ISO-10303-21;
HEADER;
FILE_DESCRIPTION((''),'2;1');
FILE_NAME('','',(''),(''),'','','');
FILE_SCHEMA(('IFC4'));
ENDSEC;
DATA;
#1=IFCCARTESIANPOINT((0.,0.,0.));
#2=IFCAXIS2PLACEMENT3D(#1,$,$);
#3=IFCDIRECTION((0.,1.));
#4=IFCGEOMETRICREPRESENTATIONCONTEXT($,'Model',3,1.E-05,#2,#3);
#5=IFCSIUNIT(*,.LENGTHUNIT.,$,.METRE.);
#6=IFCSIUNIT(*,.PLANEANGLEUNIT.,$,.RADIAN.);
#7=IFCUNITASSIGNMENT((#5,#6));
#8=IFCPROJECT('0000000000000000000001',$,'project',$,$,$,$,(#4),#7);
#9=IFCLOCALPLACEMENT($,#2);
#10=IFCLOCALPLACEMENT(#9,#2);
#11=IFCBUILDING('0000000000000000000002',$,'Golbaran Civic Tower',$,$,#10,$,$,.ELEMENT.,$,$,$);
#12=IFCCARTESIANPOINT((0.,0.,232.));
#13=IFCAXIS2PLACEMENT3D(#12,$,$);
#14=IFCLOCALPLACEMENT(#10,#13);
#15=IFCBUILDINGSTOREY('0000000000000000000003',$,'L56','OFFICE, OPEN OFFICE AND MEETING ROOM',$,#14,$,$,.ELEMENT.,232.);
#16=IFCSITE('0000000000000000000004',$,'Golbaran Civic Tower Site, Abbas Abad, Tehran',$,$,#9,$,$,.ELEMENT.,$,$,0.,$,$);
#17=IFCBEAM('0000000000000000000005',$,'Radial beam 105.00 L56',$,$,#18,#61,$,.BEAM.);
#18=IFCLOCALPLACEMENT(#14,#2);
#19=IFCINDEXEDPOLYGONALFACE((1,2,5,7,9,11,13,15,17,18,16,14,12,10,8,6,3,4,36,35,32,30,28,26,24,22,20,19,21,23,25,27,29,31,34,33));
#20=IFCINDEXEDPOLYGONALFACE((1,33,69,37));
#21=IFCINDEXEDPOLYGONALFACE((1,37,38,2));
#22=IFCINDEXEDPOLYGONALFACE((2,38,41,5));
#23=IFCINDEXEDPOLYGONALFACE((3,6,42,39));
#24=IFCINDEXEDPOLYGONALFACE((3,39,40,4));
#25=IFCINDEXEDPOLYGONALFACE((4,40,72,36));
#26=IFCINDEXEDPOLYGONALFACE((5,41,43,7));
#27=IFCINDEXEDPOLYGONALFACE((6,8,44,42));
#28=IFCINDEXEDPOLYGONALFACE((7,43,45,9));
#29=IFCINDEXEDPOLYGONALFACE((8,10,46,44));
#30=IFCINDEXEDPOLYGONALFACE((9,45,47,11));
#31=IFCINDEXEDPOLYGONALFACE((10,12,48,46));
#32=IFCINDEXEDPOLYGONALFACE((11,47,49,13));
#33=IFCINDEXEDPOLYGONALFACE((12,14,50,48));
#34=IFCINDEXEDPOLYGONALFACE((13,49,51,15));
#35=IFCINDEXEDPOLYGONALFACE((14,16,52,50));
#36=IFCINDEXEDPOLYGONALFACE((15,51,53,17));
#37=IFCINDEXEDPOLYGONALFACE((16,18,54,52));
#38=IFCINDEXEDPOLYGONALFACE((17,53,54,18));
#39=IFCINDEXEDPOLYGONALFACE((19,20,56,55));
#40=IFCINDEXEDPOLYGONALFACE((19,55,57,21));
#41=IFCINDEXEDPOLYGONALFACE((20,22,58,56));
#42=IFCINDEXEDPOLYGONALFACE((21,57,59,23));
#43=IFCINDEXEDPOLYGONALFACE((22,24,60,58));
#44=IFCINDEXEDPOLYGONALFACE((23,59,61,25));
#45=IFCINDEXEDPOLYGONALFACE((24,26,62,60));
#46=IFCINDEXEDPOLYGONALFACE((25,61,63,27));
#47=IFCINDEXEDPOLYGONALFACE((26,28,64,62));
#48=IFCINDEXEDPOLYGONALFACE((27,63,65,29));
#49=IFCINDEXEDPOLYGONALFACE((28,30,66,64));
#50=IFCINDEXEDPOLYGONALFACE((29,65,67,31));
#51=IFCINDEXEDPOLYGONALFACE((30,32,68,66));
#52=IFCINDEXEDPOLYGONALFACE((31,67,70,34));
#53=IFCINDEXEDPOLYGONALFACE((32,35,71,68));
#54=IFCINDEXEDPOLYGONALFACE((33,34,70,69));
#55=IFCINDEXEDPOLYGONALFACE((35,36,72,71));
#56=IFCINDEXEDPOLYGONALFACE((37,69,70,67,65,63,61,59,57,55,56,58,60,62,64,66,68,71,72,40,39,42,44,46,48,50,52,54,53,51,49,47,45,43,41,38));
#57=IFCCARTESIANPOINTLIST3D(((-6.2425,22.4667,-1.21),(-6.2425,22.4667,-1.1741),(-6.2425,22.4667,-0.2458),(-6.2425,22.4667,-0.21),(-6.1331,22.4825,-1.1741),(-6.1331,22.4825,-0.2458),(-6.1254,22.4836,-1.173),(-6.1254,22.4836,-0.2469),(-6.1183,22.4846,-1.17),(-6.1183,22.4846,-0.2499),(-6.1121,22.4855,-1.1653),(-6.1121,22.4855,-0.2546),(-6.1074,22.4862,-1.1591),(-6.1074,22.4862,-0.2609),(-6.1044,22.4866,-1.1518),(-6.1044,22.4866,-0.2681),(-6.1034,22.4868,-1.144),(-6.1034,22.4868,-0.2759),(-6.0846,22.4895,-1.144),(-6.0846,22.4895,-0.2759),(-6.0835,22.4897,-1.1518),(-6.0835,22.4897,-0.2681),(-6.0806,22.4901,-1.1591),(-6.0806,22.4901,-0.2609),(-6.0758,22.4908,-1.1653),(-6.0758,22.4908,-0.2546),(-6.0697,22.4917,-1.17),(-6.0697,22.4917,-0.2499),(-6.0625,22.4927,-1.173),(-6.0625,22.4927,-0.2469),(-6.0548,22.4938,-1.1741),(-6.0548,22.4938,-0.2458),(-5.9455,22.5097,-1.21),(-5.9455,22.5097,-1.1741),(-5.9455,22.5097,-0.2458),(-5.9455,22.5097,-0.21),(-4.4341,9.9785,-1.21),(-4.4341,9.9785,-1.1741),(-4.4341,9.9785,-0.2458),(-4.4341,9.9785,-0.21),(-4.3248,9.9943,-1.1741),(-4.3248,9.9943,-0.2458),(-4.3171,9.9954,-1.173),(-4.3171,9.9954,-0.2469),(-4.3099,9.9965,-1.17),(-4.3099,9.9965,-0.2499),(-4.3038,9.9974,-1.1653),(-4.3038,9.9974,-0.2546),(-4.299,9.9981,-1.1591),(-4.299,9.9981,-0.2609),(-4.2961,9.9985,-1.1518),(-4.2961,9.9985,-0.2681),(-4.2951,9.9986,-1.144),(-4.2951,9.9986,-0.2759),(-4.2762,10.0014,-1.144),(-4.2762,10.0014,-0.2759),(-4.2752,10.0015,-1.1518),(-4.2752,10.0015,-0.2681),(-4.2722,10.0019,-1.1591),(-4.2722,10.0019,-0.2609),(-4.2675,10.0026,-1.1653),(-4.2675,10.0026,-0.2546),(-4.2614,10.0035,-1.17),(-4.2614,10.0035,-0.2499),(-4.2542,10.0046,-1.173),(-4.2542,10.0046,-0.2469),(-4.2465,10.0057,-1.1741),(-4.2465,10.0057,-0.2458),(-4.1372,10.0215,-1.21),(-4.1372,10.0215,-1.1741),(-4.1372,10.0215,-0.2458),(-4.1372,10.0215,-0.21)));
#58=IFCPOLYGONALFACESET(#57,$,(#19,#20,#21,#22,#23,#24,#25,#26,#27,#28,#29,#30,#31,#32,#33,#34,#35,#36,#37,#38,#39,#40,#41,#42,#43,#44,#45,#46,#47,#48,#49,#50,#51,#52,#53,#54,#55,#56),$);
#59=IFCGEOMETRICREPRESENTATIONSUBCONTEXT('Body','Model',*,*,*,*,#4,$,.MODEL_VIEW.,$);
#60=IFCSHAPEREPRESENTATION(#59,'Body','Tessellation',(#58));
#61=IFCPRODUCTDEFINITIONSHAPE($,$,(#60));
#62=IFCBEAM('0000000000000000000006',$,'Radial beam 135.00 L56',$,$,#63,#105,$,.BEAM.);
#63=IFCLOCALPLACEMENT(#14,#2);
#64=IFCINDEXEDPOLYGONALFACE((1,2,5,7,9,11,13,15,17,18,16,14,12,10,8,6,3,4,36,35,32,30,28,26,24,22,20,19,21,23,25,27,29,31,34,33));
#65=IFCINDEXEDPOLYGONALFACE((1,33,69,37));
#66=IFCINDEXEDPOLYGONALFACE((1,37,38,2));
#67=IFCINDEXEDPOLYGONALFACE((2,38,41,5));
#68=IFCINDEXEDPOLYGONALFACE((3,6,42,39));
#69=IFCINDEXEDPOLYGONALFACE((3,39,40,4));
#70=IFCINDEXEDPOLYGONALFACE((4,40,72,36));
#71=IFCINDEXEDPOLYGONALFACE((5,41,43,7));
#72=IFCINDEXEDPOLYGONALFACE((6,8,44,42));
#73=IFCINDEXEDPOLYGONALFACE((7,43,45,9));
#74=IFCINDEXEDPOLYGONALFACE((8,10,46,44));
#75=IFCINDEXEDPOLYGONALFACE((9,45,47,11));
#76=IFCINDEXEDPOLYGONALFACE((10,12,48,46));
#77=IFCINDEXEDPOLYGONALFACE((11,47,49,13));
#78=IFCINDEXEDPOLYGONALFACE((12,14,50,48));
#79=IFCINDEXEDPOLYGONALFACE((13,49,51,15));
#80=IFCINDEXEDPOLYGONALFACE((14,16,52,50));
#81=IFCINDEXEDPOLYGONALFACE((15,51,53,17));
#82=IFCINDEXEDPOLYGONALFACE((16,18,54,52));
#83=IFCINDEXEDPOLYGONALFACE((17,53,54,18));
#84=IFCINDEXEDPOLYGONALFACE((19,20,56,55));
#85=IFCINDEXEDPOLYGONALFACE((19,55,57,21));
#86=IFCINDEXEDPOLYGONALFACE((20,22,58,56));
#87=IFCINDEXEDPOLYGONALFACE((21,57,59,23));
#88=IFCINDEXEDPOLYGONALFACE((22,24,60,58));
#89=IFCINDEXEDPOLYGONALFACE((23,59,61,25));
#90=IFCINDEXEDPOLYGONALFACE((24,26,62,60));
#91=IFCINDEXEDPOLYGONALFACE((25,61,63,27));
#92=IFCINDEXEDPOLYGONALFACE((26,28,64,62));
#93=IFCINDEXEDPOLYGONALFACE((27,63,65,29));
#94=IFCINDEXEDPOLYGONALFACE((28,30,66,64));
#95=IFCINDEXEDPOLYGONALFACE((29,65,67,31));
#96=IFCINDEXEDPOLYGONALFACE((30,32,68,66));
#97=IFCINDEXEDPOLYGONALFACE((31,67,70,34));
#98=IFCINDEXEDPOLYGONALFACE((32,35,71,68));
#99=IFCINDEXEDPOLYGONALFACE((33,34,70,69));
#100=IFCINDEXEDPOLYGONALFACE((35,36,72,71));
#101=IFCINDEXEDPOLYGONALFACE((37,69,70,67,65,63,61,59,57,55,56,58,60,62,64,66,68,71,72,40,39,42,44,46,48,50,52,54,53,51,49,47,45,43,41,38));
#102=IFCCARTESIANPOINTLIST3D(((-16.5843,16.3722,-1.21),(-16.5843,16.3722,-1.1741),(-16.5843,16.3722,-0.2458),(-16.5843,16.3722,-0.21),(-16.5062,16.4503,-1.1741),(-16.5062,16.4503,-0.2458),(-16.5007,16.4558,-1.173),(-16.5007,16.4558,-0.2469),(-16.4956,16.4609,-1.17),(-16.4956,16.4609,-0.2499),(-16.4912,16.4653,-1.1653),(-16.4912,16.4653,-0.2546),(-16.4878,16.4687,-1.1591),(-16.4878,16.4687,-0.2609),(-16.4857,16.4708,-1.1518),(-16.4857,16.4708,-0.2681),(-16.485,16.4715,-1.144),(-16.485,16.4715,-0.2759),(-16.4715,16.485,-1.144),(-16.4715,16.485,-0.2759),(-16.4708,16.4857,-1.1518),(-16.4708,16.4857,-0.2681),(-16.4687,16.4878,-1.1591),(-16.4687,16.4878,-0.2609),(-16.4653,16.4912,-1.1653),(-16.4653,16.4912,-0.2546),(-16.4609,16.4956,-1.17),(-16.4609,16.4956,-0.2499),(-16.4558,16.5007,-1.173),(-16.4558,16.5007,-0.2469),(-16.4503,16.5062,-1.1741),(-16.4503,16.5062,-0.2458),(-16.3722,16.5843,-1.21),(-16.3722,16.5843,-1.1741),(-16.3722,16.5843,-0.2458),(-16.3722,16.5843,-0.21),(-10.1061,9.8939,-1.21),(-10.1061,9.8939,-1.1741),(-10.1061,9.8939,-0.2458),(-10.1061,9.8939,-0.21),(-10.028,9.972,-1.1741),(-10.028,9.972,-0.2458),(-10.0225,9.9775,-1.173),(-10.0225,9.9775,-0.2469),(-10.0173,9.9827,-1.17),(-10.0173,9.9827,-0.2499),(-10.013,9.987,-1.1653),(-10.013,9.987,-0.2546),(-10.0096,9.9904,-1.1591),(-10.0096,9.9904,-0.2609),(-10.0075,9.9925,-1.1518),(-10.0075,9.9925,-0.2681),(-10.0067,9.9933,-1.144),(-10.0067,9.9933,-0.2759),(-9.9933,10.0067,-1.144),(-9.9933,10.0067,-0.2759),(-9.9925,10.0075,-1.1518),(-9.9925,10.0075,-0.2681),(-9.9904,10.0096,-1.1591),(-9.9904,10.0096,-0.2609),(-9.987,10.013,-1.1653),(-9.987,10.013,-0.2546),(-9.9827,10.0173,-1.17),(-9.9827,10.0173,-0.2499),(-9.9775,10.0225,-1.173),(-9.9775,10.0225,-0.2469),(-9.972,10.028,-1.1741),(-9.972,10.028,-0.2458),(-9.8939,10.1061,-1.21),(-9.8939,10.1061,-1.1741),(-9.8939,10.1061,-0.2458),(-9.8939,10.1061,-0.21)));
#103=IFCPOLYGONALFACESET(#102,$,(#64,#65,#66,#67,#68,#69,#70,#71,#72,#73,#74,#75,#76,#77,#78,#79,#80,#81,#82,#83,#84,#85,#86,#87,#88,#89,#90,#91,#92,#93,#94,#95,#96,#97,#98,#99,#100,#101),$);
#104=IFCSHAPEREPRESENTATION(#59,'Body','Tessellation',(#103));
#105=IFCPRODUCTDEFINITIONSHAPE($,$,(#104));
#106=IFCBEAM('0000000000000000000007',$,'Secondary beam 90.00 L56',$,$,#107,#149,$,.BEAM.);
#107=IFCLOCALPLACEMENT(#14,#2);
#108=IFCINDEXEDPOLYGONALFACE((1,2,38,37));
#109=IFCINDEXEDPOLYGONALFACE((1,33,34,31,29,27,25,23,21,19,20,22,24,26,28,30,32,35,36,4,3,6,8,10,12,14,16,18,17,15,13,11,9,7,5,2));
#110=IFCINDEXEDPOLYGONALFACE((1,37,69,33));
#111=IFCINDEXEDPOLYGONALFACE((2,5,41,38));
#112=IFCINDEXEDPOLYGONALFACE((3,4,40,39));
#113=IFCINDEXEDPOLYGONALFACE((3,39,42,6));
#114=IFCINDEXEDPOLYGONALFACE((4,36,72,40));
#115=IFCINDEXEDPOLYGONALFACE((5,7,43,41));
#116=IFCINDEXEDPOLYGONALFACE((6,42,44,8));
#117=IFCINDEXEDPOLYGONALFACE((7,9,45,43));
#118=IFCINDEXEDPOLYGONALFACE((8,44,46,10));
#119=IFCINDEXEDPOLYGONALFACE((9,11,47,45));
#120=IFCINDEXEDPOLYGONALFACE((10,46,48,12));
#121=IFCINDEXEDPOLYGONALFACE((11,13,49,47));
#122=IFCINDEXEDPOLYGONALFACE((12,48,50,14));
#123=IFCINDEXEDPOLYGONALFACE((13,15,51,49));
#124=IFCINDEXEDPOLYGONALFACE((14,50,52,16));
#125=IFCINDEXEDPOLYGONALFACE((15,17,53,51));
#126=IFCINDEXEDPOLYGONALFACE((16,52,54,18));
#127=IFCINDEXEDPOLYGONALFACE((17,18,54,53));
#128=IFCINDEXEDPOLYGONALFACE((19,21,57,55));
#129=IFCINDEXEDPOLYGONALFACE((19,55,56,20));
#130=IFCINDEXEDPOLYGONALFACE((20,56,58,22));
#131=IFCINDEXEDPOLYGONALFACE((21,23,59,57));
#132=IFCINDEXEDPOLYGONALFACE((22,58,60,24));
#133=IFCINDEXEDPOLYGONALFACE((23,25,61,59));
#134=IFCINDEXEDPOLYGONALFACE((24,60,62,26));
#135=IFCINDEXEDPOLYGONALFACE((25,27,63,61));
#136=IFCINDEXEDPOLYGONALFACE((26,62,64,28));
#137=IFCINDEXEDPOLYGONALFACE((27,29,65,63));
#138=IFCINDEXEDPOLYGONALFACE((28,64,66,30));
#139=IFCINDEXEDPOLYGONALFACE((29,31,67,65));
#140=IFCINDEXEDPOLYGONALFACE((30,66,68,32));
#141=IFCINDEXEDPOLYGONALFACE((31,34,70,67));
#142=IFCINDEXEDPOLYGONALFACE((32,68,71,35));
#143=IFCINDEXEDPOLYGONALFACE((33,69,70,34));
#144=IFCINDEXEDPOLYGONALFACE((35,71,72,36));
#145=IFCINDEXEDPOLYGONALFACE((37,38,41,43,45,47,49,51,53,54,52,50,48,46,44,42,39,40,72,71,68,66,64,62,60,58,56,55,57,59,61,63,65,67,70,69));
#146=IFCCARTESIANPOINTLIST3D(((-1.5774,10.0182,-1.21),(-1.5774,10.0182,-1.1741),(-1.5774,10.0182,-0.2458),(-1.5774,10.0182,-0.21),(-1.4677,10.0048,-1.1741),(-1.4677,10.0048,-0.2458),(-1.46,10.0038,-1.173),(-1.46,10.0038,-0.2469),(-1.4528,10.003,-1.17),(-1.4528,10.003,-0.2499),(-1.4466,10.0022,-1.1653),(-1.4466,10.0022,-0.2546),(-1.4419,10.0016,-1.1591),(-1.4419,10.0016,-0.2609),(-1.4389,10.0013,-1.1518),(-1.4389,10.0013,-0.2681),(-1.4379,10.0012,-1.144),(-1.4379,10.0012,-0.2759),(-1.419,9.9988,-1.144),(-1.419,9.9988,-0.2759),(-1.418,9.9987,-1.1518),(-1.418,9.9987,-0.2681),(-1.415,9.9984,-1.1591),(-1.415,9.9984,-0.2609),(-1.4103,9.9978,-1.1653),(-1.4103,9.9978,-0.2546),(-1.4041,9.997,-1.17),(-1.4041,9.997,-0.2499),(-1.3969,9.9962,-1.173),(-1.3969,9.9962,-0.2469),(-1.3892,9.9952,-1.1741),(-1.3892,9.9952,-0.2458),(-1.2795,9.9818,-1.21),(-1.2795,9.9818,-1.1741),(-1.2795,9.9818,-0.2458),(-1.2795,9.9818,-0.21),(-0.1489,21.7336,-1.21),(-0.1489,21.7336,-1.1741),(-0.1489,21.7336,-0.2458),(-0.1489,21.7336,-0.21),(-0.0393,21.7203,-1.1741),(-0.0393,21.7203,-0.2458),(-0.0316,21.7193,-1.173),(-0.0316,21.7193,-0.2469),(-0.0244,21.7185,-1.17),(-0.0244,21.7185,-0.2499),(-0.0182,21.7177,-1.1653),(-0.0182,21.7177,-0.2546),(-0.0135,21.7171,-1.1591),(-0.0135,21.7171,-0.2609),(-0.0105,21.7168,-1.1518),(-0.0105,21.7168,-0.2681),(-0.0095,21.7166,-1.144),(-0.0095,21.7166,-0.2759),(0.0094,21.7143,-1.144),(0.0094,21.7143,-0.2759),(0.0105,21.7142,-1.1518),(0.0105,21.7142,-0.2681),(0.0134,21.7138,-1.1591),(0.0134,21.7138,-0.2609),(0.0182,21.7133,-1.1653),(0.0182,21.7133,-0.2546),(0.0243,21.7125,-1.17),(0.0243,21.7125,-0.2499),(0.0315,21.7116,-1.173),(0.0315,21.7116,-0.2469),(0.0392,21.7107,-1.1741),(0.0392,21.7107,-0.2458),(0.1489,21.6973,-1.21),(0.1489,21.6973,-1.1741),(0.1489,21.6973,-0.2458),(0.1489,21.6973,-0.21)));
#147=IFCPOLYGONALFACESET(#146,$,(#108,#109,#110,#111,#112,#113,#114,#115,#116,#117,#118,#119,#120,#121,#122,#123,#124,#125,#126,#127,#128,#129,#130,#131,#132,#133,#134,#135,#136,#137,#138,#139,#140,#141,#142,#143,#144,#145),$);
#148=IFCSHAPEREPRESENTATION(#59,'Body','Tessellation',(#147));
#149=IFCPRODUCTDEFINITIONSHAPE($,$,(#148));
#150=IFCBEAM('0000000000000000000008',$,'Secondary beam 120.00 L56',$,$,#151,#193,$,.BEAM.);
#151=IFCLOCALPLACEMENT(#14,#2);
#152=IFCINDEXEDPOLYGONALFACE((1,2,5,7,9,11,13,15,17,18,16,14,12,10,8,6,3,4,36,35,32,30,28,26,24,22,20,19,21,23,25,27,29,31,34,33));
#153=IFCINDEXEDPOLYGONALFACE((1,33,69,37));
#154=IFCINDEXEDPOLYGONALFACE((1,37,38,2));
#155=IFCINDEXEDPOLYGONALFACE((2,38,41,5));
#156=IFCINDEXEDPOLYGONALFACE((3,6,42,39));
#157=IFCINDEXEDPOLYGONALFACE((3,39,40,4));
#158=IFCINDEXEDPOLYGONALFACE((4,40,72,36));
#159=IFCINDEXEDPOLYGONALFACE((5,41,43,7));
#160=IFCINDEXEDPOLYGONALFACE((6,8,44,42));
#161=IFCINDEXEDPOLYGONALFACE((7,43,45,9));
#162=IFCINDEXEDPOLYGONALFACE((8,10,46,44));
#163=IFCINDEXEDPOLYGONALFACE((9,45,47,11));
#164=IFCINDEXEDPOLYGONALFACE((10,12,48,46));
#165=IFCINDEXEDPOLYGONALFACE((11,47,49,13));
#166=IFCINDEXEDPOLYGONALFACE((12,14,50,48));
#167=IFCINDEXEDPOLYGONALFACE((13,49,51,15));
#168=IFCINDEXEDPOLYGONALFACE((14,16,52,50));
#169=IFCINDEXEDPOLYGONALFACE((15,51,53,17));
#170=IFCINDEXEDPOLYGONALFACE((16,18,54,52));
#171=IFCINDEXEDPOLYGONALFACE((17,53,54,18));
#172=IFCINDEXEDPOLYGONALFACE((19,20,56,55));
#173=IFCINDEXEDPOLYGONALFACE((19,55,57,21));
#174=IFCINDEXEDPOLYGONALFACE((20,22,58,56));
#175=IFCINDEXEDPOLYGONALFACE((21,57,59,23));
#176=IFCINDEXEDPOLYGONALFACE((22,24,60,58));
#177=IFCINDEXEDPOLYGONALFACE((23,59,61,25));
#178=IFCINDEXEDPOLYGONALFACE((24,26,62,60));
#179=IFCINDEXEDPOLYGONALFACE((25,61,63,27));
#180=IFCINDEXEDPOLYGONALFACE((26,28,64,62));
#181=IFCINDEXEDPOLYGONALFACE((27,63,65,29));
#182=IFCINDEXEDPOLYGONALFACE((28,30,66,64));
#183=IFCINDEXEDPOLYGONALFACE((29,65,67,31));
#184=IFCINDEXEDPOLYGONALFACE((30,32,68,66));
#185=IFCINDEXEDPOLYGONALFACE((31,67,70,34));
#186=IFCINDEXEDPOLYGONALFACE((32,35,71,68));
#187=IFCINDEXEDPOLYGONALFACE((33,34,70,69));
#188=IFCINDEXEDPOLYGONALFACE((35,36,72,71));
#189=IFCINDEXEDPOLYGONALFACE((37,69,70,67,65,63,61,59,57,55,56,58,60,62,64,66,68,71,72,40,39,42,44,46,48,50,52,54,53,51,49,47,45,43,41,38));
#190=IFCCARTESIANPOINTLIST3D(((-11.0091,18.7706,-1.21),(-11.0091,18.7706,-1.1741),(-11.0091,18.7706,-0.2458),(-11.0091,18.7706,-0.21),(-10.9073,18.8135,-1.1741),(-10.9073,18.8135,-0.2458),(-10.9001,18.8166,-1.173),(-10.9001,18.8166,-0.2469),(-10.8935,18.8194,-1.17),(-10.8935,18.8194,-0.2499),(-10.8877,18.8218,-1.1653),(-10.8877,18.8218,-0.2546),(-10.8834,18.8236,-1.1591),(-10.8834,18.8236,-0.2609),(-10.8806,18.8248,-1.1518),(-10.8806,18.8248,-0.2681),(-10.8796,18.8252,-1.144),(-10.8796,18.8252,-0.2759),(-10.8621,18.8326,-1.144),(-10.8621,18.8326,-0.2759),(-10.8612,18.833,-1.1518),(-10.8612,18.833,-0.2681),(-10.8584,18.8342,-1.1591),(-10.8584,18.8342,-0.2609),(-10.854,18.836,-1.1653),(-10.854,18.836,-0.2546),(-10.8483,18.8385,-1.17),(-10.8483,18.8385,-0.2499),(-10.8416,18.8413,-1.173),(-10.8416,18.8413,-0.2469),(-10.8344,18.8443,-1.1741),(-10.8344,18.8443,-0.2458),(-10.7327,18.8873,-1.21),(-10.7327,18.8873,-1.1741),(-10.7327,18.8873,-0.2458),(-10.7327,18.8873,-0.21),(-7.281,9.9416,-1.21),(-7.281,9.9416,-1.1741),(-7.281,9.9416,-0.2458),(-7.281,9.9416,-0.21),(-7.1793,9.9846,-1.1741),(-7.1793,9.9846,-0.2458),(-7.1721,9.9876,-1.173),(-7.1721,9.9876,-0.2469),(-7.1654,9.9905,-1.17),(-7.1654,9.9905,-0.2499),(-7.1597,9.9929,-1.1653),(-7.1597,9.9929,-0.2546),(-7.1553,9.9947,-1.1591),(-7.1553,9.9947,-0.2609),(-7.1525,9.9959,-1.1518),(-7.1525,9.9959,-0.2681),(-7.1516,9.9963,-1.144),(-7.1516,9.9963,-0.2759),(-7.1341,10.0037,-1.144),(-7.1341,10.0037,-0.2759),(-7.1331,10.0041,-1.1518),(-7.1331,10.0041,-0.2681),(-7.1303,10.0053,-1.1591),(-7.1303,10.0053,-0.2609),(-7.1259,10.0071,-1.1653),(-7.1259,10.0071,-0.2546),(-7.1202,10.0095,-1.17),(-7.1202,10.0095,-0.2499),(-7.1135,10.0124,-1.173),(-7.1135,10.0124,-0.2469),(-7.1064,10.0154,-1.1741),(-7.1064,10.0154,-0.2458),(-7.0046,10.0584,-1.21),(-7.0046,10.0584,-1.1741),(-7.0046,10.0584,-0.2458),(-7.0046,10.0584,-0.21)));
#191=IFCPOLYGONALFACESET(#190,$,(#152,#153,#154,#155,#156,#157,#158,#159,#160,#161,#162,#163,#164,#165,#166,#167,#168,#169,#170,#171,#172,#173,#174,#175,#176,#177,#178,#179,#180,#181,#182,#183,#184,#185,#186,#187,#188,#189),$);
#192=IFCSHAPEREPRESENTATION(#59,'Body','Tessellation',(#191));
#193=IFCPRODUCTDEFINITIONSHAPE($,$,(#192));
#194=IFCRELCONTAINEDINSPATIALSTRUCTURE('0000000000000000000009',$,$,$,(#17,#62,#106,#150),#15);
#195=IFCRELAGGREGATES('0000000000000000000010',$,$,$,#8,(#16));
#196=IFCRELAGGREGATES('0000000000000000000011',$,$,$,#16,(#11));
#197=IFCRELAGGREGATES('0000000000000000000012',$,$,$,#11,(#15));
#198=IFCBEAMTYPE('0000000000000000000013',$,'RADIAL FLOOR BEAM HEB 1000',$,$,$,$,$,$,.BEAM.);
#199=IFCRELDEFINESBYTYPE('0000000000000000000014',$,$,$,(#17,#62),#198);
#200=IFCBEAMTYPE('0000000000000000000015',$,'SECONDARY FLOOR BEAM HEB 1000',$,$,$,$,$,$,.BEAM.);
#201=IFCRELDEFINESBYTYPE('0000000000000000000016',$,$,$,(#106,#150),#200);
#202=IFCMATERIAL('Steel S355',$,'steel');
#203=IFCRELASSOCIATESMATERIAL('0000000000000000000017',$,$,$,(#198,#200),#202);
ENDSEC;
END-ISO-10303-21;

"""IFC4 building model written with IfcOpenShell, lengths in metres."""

from ifc_helpers import new_model, si_unit, direction, frame, origin, origin_2d, place, context, subcontext, project, spatial, i_section, extrude, material, material_profile, profile_set, type_object, element, save


model = new_model("IFC4")

# Units and contexts
model_context = context("Model", 3, precision=1e-05, world=origin(), true_north=direction((0.0, 1.0)))
body_context = subcontext(model_context, "Body", "Model", "MODEL_VIEW")
ifc_project = project(units=[si_unit("LENGTHUNIT", "METRE"), si_unit("PLANEANGLEUNIT", "RADIAN")], contexts=[model_context])

# Site, building, storey
site_placement = place(None, origin())
site = spatial("IfcSite", under=ifc_project, at=site_placement, Name="Golbaran Civic Tower Site, Abbas Abad, Tehran", CompositionType="ELEMENT", RefElevation=0.0)
building_placement = place(site_placement, origin())
building = spatial("IfcBuilding", under=site, at=building_placement, Name="Golbaran Civic Tower", CompositionType="ELEMENT")
storey_placement = place(building_placement, frame((0.0, 0.0, 232.0)))
storey = spatial("IfcBuildingStorey", under=building, at=storey_placement, Name="L56", Description="OFFICE, OPEN OFFICE AND MEETING ROOM", CompositionType="ELEMENT", Elevation=232.0)

# Beams
ifc_material_1 = material(Name="Steel S355", Category="steel")
ifc_material_profile_1 = material_profile(ifc_material_1, i_section(OverallWidth=0.3, OverallDepth=1.0, WebThickness=0.019, FlangeThickness=0.0359, FilletRadius=0.03, at=origin_2d()), Name="HEB 1000")
ifc_profile_set_1 = profile_set([ifc_material_profile_1], Name="Steel S355")
beam_type_1 = type_object("IfcBeamType", Name="RADIAL FLOOR BEAM HEB 1000", PredefinedType="BEAM", material=ifc_profile_set_1)
beam_1_placement = place(storey_placement, frame((-4.2856, 10.0, -0.71), z_axis=(-0.143309, 0.989678, 0.0), x_axis=(-0.989678, -0.143309, 0.0)))
element("IfcBeam", 1, at=beam_1_placement, inside=storey, type_object=beam_type_1, Name="Radial beam 105.00 L56", PredefinedType="BEAM", context=body_context, shape_type="SweptSolid", body=[
    extrude(i_section(OverallWidth=0.3, OverallDepth=1.0, WebThickness=0.019, FlangeThickness=0.0359, FilletRadius=0.03, at=origin_2d()), origin(), (0.0, 0.0, 1.0), 12.6184),
])
beam_2_placement = place(storey_placement, frame((-10.0, 10.0, -0.71), z_axis=(-0.707107, 0.707107, 0.0), x_axis=(-0.707107, -0.707107, 0.0)))
element("IfcBeam", 2, at=beam_2_placement, inside=storey, type_object=beam_type_1, Name="Radial beam 135.00 L56", PredefinedType="BEAM", context=body_context, shape_type="SweptSolid", body=[
    extrude(i_section(OverallWidth=0.3, OverallDepth=1.0, WebThickness=0.019, FlangeThickness=0.0359, FilletRadius=0.03, at=origin_2d()), origin(), (0.0, 0.0, 1.0), 9.1616),
])
ifc_material_profile_2 = material_profile(ifc_material_1, i_section(OverallWidth=0.3, OverallDepth=1.0, WebThickness=0.019, FlangeThickness=0.0359, FilletRadius=0.03, at=origin_2d()), Name="HEB 1000")
ifc_profile_set_2 = profile_set([ifc_material_profile_2], Name="Steel S355")
beam_type_2 = type_object("IfcBeamType", Name="SECONDARY FLOOR BEAM HEB 1000", PredefinedType="BEAM", material=ifc_profile_set_2)
beam_3_placement = place(storey_placement, frame((-1.4285, 10.0, -0.71), z_axis=(0.121033, 0.992649, 0.0), x_axis=(-0.992649, 0.121033, 0.0)))
element("IfcBeam", 3, at=beam_3_placement, inside=storey, type_object=beam_type_2, Name="Secondary beam 90.00 L56", PredefinedType="BEAM", context=body_context, shape_type="SweptSolid", body=[
    extrude(i_section(OverallWidth=0.3, OverallDepth=1.0, WebThickness=0.019, FlangeThickness=0.0359, FilletRadius=0.03, at=origin_2d()), origin(), (0.0, 0.0, 1.0), 11.8022),
])
beam_4_placement = place(storey_placement, frame((-7.1428, 10.0, -0.71), z_axis=(-0.388998, 0.921239, 0.0), x_axis=(-0.921239, -0.388998, 0.0)))
element("IfcBeam", 4, at=beam_4_placement, inside=storey, type_object=beam_type_2, Name="Secondary beam 120.00 L56", PredefinedType="BEAM", context=body_context, shape_type="SweptSolid", body=[
    extrude(i_section(OverallWidth=0.3, OverallDepth=1.0, WebThickness=0.019, FlangeThickness=0.0359, FilletRadius=0.03, at=origin_2d()), origin(), (0.0, 0.0, 1.0), 9.5837),
])

save(model, "model.ifc")
